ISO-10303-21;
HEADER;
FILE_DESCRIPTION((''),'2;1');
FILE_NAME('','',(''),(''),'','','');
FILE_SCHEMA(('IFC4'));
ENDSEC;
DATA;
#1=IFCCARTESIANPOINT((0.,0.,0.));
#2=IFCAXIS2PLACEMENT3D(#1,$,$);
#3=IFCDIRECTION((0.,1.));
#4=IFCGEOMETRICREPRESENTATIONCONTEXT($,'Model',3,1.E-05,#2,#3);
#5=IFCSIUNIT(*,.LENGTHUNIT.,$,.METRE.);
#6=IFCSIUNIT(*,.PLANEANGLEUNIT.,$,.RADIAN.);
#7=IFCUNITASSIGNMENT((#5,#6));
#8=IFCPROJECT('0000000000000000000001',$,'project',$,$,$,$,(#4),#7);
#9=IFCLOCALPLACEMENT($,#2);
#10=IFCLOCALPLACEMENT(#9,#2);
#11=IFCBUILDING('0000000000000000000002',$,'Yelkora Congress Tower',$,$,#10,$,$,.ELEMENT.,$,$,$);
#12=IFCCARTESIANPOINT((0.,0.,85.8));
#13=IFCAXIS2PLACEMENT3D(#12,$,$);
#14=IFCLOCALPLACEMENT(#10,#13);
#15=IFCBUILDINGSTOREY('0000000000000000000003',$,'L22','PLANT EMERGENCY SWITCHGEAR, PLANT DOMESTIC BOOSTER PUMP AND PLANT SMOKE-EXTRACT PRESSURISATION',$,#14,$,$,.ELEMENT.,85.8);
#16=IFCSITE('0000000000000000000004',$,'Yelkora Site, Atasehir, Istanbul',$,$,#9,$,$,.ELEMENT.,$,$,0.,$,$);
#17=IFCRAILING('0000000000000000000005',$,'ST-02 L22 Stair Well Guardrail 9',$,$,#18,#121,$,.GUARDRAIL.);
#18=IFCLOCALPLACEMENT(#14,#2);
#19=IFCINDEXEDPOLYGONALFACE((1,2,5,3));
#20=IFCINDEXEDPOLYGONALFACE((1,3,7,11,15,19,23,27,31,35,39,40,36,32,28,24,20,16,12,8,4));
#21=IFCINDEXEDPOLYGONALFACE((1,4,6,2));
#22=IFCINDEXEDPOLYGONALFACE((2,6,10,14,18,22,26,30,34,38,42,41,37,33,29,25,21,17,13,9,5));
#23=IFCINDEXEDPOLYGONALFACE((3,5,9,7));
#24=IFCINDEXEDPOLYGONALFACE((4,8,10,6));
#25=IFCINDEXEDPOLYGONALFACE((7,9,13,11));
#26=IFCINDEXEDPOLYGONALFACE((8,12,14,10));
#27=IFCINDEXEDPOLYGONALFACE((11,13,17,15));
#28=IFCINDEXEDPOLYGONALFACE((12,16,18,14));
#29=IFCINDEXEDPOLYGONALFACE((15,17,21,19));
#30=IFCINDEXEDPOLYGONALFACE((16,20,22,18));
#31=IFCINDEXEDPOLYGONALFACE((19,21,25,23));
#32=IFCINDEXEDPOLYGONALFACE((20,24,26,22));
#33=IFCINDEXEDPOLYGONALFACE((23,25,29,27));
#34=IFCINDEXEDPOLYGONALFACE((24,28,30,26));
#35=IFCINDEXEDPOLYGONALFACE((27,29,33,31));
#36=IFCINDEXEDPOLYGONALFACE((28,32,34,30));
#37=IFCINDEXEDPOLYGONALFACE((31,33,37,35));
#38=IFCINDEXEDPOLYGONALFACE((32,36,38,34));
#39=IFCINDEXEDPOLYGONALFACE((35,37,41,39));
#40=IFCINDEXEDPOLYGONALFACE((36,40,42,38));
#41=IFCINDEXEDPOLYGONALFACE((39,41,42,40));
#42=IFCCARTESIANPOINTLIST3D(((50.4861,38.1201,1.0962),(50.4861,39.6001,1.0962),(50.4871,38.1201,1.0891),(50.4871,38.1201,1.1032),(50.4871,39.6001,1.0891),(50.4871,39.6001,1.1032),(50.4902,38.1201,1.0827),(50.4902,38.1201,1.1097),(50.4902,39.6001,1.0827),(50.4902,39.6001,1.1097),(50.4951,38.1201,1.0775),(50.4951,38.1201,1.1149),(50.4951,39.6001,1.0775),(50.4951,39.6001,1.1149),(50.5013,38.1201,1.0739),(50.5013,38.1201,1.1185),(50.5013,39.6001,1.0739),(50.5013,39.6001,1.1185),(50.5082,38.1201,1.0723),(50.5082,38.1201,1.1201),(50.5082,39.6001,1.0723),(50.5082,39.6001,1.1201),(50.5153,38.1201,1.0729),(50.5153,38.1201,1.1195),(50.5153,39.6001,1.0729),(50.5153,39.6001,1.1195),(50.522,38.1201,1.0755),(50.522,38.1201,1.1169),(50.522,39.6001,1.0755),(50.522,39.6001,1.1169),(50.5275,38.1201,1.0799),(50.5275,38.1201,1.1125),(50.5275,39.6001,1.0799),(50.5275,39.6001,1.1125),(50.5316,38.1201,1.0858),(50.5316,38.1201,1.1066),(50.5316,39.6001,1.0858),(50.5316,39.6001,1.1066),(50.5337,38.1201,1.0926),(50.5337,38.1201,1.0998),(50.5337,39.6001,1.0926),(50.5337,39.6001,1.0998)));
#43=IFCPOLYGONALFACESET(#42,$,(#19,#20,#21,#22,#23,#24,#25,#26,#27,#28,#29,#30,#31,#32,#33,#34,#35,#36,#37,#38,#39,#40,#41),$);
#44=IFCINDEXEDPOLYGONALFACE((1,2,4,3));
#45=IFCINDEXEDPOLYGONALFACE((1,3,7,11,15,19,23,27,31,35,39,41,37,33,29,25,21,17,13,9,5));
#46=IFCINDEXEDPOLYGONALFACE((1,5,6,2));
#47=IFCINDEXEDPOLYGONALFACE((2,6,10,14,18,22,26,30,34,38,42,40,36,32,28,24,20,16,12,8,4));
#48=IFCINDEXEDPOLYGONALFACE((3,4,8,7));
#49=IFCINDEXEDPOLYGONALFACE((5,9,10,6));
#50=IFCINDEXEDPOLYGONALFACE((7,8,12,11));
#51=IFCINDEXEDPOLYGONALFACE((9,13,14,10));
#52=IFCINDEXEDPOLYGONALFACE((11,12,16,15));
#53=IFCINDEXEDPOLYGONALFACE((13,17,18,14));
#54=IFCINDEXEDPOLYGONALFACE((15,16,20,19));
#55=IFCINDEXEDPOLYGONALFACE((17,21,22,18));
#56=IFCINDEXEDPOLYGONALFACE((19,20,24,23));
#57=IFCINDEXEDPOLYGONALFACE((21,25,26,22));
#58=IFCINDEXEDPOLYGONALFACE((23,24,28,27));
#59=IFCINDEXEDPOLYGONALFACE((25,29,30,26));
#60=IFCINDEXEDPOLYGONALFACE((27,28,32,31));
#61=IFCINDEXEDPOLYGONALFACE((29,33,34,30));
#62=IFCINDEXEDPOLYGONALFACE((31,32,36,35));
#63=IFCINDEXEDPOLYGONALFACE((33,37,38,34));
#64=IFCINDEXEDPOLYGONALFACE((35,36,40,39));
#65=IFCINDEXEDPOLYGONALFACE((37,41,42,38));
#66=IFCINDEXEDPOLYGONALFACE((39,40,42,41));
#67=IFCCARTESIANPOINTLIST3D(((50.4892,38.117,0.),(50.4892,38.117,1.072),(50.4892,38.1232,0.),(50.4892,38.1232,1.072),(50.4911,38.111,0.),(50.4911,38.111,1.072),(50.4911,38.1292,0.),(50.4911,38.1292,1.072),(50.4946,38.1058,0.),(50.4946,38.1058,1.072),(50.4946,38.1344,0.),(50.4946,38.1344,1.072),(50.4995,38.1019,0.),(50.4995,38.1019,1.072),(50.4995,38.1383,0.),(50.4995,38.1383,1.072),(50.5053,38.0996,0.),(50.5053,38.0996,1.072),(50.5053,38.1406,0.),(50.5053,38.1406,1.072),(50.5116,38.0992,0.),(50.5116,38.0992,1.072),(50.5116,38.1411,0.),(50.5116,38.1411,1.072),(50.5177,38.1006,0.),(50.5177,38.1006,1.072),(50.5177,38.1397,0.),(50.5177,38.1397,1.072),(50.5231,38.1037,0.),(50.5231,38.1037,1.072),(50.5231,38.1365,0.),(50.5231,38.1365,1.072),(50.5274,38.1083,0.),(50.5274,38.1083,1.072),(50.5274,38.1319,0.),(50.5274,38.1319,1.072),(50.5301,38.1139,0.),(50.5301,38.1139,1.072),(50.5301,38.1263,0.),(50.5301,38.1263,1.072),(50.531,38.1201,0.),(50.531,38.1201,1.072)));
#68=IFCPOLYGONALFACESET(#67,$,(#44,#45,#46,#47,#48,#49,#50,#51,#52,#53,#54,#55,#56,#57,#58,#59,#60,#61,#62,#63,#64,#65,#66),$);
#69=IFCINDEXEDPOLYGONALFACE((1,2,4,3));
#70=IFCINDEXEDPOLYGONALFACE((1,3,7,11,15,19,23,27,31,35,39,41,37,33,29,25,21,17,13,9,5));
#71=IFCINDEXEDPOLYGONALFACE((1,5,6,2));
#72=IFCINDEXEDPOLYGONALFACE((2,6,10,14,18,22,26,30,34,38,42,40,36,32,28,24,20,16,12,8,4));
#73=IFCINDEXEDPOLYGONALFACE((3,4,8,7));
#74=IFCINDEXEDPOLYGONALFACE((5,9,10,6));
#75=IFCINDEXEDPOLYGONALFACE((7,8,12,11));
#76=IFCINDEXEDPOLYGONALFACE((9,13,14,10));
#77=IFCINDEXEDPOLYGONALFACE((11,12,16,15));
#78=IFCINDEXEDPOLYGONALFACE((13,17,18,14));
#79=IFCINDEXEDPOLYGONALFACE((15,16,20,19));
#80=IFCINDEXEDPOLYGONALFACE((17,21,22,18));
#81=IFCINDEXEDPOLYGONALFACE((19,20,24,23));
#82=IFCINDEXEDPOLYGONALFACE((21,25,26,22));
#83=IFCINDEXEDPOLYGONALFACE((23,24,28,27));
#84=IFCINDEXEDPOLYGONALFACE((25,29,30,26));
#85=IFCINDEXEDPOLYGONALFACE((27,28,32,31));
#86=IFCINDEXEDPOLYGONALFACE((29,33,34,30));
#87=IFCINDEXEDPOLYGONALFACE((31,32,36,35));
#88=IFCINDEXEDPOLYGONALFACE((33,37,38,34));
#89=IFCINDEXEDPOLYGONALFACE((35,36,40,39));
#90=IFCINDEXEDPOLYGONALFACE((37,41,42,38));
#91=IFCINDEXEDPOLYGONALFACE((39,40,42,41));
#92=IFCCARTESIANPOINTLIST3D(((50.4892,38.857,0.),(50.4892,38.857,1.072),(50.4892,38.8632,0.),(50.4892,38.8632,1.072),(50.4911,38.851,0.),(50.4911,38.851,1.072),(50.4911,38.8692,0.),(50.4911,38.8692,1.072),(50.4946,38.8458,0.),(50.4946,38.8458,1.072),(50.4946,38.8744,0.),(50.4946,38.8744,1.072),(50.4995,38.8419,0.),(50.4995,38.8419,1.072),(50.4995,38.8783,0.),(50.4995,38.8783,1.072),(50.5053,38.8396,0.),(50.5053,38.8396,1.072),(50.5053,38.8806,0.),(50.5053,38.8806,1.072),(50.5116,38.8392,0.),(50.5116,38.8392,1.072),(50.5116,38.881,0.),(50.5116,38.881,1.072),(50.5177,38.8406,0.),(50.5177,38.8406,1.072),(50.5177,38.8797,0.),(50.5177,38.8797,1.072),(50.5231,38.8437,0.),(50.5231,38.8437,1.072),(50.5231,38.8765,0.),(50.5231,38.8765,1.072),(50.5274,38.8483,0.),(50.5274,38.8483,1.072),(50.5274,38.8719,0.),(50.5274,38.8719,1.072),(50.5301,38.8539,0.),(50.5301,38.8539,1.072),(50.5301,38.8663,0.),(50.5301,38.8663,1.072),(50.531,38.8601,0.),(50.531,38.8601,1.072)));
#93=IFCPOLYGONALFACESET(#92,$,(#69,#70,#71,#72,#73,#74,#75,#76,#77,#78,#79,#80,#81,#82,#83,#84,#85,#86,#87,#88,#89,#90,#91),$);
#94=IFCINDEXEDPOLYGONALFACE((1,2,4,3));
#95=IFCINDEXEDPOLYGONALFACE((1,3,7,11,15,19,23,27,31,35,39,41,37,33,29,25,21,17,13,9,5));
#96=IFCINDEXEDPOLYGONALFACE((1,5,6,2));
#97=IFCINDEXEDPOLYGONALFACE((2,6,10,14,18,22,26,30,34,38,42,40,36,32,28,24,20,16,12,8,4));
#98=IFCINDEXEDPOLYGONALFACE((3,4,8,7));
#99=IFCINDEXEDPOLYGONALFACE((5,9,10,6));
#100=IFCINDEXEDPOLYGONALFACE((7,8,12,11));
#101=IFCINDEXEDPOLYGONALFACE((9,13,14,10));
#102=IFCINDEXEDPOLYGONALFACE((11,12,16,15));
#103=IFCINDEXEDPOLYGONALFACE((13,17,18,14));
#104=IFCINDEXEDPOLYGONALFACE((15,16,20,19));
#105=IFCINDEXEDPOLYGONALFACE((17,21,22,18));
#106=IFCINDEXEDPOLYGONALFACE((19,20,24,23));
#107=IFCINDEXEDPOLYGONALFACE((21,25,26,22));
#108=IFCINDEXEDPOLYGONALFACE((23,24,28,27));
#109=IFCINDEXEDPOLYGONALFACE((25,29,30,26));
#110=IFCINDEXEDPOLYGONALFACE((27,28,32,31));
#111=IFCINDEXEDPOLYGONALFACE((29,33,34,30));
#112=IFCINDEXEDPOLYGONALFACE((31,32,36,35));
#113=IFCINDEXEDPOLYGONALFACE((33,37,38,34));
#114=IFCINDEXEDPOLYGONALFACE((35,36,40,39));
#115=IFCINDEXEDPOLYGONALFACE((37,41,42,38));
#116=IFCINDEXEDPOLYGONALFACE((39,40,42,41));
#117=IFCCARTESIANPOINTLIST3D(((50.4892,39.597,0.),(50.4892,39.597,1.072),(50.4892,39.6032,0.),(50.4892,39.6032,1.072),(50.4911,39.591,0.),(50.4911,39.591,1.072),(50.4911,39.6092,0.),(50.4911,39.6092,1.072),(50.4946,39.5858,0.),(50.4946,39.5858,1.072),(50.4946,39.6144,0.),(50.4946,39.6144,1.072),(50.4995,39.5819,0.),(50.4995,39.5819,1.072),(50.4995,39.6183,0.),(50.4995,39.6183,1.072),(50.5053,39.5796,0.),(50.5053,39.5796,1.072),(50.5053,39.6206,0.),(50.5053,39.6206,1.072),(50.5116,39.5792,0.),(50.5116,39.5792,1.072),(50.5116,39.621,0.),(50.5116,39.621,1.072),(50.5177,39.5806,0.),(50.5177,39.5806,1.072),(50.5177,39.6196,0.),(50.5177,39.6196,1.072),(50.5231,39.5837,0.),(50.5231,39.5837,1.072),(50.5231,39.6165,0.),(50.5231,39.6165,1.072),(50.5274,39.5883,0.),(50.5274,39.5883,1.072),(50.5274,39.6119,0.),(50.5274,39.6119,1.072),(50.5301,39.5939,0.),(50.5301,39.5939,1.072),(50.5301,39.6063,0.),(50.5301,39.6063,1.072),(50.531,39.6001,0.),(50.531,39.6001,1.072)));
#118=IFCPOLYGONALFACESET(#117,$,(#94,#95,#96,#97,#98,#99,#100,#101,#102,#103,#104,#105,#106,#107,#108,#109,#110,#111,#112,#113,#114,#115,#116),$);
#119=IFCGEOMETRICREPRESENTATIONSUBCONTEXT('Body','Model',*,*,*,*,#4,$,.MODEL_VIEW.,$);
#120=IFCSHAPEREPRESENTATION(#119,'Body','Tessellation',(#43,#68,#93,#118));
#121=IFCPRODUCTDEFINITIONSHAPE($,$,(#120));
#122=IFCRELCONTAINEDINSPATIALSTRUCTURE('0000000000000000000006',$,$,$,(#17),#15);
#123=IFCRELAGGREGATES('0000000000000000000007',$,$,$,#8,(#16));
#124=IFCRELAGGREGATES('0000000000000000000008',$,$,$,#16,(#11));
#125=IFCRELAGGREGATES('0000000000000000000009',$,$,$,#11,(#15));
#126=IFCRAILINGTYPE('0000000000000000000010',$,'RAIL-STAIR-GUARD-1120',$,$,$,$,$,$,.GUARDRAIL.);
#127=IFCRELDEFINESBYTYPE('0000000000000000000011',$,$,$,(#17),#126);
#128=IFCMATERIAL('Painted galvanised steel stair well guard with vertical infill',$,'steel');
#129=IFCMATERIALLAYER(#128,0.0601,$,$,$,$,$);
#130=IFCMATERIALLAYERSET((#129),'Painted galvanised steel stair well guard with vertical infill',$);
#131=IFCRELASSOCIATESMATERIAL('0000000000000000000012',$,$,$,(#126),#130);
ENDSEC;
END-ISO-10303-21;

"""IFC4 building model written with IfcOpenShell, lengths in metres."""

from ifc_helpers import new_model, si_unit, direction, frame, origin, origin_2d, place, context, subcontext, project, spatial, circle, extrude, material, layer, layer_set, type_object, element, save


model = new_model("IFC4")

# Units and contexts
model_context = context("Model", 3, precision=1e-05, world=origin(), true_north=direction((0.0, 1.0)))
body_context = subcontext(model_context, "Body", "Model", "MODEL_VIEW")
ifc_project = project(units=[si_unit("LENGTHUNIT", "METRE"), si_unit("PLANEANGLEUNIT", "RADIAN")], contexts=[model_context])

# Site, building, storey
site_placement = place(None, origin())
site = spatial("IfcSite", under=ifc_project, at=site_placement, Name="Yelkora Site, Atasehir, Istanbul", CompositionType="ELEMENT", RefElevation=0.0)
building_placement = place(site_placement, origin())
building = spatial("IfcBuilding", under=site, at=building_placement, Name="Yelkora Congress Tower", CompositionType="ELEMENT")
storey_placement = place(building_placement, frame((0.0, 0.0, 85.8)))
storey = spatial("IfcBuildingStorey", under=building, at=storey_placement, Name="L22", Description="PLANT EMERGENCY SWITCHGEAR, PLANT DOMESTIC BOOSTER PUMP AND PLANT SMOKE-EXTRACT PRESSURISATION", CompositionType="ELEMENT", Elevation=85.8)

# Railing
ifc_material_1 = material(Name="Painted galvanised steel stair well guard with vertical infill", Category="steel")
ifc_layer_1 = layer(ifc_material_1, 0.0601)
ifc_layer_set_1 = layer_set([ifc_layer_1], Name="Painted galvanised steel stair well guard with vertical infill")
railing_type_1 = type_object("IfcRailingType", Name="RAIL-STAIR-GUARD-1120", PredefinedType="GUARDRAIL", material=ifc_layer_set_1)
for number, where, name in (
    (1, (50.51, 38.1201, 0.0), "ST-02 L22 Stair Well Guardrail 9"),
):
    element("IfcRailing", number, at=place(storey_placement, frame(where)), inside=storey, type_object=railing_type_1, Name=name, PredefinedType="GUARDRAIL", context=body_context, shape_type="SweptSolid", body=[
        extrude(circle(Radius=0.0239, at=origin_2d()), frame((0.0, 0.0, 1.0962), z_axis=(0.0, 1.0, 0.0), x_axis=(-1.0, 0.0, 0.0)), (0.0, 0.0, 1.0), 1.48),
        extrude(circle(Radius=0.021, at=origin_2d()), origin(), (0.0, 0.0, 1.0), 1.072),
        extrude(circle(Radius=0.021, at=origin_2d()), frame((0.0, 0.74, 0.0)), (0.0, 0.0, 1.0), 1.072),
        extrude(circle(Radius=0.021, at=origin_2d()), frame((0.0, 1.48, 0.0)), (0.0, 0.0, 1.0), 1.072),
    ])

save(model, "model.ifc")
